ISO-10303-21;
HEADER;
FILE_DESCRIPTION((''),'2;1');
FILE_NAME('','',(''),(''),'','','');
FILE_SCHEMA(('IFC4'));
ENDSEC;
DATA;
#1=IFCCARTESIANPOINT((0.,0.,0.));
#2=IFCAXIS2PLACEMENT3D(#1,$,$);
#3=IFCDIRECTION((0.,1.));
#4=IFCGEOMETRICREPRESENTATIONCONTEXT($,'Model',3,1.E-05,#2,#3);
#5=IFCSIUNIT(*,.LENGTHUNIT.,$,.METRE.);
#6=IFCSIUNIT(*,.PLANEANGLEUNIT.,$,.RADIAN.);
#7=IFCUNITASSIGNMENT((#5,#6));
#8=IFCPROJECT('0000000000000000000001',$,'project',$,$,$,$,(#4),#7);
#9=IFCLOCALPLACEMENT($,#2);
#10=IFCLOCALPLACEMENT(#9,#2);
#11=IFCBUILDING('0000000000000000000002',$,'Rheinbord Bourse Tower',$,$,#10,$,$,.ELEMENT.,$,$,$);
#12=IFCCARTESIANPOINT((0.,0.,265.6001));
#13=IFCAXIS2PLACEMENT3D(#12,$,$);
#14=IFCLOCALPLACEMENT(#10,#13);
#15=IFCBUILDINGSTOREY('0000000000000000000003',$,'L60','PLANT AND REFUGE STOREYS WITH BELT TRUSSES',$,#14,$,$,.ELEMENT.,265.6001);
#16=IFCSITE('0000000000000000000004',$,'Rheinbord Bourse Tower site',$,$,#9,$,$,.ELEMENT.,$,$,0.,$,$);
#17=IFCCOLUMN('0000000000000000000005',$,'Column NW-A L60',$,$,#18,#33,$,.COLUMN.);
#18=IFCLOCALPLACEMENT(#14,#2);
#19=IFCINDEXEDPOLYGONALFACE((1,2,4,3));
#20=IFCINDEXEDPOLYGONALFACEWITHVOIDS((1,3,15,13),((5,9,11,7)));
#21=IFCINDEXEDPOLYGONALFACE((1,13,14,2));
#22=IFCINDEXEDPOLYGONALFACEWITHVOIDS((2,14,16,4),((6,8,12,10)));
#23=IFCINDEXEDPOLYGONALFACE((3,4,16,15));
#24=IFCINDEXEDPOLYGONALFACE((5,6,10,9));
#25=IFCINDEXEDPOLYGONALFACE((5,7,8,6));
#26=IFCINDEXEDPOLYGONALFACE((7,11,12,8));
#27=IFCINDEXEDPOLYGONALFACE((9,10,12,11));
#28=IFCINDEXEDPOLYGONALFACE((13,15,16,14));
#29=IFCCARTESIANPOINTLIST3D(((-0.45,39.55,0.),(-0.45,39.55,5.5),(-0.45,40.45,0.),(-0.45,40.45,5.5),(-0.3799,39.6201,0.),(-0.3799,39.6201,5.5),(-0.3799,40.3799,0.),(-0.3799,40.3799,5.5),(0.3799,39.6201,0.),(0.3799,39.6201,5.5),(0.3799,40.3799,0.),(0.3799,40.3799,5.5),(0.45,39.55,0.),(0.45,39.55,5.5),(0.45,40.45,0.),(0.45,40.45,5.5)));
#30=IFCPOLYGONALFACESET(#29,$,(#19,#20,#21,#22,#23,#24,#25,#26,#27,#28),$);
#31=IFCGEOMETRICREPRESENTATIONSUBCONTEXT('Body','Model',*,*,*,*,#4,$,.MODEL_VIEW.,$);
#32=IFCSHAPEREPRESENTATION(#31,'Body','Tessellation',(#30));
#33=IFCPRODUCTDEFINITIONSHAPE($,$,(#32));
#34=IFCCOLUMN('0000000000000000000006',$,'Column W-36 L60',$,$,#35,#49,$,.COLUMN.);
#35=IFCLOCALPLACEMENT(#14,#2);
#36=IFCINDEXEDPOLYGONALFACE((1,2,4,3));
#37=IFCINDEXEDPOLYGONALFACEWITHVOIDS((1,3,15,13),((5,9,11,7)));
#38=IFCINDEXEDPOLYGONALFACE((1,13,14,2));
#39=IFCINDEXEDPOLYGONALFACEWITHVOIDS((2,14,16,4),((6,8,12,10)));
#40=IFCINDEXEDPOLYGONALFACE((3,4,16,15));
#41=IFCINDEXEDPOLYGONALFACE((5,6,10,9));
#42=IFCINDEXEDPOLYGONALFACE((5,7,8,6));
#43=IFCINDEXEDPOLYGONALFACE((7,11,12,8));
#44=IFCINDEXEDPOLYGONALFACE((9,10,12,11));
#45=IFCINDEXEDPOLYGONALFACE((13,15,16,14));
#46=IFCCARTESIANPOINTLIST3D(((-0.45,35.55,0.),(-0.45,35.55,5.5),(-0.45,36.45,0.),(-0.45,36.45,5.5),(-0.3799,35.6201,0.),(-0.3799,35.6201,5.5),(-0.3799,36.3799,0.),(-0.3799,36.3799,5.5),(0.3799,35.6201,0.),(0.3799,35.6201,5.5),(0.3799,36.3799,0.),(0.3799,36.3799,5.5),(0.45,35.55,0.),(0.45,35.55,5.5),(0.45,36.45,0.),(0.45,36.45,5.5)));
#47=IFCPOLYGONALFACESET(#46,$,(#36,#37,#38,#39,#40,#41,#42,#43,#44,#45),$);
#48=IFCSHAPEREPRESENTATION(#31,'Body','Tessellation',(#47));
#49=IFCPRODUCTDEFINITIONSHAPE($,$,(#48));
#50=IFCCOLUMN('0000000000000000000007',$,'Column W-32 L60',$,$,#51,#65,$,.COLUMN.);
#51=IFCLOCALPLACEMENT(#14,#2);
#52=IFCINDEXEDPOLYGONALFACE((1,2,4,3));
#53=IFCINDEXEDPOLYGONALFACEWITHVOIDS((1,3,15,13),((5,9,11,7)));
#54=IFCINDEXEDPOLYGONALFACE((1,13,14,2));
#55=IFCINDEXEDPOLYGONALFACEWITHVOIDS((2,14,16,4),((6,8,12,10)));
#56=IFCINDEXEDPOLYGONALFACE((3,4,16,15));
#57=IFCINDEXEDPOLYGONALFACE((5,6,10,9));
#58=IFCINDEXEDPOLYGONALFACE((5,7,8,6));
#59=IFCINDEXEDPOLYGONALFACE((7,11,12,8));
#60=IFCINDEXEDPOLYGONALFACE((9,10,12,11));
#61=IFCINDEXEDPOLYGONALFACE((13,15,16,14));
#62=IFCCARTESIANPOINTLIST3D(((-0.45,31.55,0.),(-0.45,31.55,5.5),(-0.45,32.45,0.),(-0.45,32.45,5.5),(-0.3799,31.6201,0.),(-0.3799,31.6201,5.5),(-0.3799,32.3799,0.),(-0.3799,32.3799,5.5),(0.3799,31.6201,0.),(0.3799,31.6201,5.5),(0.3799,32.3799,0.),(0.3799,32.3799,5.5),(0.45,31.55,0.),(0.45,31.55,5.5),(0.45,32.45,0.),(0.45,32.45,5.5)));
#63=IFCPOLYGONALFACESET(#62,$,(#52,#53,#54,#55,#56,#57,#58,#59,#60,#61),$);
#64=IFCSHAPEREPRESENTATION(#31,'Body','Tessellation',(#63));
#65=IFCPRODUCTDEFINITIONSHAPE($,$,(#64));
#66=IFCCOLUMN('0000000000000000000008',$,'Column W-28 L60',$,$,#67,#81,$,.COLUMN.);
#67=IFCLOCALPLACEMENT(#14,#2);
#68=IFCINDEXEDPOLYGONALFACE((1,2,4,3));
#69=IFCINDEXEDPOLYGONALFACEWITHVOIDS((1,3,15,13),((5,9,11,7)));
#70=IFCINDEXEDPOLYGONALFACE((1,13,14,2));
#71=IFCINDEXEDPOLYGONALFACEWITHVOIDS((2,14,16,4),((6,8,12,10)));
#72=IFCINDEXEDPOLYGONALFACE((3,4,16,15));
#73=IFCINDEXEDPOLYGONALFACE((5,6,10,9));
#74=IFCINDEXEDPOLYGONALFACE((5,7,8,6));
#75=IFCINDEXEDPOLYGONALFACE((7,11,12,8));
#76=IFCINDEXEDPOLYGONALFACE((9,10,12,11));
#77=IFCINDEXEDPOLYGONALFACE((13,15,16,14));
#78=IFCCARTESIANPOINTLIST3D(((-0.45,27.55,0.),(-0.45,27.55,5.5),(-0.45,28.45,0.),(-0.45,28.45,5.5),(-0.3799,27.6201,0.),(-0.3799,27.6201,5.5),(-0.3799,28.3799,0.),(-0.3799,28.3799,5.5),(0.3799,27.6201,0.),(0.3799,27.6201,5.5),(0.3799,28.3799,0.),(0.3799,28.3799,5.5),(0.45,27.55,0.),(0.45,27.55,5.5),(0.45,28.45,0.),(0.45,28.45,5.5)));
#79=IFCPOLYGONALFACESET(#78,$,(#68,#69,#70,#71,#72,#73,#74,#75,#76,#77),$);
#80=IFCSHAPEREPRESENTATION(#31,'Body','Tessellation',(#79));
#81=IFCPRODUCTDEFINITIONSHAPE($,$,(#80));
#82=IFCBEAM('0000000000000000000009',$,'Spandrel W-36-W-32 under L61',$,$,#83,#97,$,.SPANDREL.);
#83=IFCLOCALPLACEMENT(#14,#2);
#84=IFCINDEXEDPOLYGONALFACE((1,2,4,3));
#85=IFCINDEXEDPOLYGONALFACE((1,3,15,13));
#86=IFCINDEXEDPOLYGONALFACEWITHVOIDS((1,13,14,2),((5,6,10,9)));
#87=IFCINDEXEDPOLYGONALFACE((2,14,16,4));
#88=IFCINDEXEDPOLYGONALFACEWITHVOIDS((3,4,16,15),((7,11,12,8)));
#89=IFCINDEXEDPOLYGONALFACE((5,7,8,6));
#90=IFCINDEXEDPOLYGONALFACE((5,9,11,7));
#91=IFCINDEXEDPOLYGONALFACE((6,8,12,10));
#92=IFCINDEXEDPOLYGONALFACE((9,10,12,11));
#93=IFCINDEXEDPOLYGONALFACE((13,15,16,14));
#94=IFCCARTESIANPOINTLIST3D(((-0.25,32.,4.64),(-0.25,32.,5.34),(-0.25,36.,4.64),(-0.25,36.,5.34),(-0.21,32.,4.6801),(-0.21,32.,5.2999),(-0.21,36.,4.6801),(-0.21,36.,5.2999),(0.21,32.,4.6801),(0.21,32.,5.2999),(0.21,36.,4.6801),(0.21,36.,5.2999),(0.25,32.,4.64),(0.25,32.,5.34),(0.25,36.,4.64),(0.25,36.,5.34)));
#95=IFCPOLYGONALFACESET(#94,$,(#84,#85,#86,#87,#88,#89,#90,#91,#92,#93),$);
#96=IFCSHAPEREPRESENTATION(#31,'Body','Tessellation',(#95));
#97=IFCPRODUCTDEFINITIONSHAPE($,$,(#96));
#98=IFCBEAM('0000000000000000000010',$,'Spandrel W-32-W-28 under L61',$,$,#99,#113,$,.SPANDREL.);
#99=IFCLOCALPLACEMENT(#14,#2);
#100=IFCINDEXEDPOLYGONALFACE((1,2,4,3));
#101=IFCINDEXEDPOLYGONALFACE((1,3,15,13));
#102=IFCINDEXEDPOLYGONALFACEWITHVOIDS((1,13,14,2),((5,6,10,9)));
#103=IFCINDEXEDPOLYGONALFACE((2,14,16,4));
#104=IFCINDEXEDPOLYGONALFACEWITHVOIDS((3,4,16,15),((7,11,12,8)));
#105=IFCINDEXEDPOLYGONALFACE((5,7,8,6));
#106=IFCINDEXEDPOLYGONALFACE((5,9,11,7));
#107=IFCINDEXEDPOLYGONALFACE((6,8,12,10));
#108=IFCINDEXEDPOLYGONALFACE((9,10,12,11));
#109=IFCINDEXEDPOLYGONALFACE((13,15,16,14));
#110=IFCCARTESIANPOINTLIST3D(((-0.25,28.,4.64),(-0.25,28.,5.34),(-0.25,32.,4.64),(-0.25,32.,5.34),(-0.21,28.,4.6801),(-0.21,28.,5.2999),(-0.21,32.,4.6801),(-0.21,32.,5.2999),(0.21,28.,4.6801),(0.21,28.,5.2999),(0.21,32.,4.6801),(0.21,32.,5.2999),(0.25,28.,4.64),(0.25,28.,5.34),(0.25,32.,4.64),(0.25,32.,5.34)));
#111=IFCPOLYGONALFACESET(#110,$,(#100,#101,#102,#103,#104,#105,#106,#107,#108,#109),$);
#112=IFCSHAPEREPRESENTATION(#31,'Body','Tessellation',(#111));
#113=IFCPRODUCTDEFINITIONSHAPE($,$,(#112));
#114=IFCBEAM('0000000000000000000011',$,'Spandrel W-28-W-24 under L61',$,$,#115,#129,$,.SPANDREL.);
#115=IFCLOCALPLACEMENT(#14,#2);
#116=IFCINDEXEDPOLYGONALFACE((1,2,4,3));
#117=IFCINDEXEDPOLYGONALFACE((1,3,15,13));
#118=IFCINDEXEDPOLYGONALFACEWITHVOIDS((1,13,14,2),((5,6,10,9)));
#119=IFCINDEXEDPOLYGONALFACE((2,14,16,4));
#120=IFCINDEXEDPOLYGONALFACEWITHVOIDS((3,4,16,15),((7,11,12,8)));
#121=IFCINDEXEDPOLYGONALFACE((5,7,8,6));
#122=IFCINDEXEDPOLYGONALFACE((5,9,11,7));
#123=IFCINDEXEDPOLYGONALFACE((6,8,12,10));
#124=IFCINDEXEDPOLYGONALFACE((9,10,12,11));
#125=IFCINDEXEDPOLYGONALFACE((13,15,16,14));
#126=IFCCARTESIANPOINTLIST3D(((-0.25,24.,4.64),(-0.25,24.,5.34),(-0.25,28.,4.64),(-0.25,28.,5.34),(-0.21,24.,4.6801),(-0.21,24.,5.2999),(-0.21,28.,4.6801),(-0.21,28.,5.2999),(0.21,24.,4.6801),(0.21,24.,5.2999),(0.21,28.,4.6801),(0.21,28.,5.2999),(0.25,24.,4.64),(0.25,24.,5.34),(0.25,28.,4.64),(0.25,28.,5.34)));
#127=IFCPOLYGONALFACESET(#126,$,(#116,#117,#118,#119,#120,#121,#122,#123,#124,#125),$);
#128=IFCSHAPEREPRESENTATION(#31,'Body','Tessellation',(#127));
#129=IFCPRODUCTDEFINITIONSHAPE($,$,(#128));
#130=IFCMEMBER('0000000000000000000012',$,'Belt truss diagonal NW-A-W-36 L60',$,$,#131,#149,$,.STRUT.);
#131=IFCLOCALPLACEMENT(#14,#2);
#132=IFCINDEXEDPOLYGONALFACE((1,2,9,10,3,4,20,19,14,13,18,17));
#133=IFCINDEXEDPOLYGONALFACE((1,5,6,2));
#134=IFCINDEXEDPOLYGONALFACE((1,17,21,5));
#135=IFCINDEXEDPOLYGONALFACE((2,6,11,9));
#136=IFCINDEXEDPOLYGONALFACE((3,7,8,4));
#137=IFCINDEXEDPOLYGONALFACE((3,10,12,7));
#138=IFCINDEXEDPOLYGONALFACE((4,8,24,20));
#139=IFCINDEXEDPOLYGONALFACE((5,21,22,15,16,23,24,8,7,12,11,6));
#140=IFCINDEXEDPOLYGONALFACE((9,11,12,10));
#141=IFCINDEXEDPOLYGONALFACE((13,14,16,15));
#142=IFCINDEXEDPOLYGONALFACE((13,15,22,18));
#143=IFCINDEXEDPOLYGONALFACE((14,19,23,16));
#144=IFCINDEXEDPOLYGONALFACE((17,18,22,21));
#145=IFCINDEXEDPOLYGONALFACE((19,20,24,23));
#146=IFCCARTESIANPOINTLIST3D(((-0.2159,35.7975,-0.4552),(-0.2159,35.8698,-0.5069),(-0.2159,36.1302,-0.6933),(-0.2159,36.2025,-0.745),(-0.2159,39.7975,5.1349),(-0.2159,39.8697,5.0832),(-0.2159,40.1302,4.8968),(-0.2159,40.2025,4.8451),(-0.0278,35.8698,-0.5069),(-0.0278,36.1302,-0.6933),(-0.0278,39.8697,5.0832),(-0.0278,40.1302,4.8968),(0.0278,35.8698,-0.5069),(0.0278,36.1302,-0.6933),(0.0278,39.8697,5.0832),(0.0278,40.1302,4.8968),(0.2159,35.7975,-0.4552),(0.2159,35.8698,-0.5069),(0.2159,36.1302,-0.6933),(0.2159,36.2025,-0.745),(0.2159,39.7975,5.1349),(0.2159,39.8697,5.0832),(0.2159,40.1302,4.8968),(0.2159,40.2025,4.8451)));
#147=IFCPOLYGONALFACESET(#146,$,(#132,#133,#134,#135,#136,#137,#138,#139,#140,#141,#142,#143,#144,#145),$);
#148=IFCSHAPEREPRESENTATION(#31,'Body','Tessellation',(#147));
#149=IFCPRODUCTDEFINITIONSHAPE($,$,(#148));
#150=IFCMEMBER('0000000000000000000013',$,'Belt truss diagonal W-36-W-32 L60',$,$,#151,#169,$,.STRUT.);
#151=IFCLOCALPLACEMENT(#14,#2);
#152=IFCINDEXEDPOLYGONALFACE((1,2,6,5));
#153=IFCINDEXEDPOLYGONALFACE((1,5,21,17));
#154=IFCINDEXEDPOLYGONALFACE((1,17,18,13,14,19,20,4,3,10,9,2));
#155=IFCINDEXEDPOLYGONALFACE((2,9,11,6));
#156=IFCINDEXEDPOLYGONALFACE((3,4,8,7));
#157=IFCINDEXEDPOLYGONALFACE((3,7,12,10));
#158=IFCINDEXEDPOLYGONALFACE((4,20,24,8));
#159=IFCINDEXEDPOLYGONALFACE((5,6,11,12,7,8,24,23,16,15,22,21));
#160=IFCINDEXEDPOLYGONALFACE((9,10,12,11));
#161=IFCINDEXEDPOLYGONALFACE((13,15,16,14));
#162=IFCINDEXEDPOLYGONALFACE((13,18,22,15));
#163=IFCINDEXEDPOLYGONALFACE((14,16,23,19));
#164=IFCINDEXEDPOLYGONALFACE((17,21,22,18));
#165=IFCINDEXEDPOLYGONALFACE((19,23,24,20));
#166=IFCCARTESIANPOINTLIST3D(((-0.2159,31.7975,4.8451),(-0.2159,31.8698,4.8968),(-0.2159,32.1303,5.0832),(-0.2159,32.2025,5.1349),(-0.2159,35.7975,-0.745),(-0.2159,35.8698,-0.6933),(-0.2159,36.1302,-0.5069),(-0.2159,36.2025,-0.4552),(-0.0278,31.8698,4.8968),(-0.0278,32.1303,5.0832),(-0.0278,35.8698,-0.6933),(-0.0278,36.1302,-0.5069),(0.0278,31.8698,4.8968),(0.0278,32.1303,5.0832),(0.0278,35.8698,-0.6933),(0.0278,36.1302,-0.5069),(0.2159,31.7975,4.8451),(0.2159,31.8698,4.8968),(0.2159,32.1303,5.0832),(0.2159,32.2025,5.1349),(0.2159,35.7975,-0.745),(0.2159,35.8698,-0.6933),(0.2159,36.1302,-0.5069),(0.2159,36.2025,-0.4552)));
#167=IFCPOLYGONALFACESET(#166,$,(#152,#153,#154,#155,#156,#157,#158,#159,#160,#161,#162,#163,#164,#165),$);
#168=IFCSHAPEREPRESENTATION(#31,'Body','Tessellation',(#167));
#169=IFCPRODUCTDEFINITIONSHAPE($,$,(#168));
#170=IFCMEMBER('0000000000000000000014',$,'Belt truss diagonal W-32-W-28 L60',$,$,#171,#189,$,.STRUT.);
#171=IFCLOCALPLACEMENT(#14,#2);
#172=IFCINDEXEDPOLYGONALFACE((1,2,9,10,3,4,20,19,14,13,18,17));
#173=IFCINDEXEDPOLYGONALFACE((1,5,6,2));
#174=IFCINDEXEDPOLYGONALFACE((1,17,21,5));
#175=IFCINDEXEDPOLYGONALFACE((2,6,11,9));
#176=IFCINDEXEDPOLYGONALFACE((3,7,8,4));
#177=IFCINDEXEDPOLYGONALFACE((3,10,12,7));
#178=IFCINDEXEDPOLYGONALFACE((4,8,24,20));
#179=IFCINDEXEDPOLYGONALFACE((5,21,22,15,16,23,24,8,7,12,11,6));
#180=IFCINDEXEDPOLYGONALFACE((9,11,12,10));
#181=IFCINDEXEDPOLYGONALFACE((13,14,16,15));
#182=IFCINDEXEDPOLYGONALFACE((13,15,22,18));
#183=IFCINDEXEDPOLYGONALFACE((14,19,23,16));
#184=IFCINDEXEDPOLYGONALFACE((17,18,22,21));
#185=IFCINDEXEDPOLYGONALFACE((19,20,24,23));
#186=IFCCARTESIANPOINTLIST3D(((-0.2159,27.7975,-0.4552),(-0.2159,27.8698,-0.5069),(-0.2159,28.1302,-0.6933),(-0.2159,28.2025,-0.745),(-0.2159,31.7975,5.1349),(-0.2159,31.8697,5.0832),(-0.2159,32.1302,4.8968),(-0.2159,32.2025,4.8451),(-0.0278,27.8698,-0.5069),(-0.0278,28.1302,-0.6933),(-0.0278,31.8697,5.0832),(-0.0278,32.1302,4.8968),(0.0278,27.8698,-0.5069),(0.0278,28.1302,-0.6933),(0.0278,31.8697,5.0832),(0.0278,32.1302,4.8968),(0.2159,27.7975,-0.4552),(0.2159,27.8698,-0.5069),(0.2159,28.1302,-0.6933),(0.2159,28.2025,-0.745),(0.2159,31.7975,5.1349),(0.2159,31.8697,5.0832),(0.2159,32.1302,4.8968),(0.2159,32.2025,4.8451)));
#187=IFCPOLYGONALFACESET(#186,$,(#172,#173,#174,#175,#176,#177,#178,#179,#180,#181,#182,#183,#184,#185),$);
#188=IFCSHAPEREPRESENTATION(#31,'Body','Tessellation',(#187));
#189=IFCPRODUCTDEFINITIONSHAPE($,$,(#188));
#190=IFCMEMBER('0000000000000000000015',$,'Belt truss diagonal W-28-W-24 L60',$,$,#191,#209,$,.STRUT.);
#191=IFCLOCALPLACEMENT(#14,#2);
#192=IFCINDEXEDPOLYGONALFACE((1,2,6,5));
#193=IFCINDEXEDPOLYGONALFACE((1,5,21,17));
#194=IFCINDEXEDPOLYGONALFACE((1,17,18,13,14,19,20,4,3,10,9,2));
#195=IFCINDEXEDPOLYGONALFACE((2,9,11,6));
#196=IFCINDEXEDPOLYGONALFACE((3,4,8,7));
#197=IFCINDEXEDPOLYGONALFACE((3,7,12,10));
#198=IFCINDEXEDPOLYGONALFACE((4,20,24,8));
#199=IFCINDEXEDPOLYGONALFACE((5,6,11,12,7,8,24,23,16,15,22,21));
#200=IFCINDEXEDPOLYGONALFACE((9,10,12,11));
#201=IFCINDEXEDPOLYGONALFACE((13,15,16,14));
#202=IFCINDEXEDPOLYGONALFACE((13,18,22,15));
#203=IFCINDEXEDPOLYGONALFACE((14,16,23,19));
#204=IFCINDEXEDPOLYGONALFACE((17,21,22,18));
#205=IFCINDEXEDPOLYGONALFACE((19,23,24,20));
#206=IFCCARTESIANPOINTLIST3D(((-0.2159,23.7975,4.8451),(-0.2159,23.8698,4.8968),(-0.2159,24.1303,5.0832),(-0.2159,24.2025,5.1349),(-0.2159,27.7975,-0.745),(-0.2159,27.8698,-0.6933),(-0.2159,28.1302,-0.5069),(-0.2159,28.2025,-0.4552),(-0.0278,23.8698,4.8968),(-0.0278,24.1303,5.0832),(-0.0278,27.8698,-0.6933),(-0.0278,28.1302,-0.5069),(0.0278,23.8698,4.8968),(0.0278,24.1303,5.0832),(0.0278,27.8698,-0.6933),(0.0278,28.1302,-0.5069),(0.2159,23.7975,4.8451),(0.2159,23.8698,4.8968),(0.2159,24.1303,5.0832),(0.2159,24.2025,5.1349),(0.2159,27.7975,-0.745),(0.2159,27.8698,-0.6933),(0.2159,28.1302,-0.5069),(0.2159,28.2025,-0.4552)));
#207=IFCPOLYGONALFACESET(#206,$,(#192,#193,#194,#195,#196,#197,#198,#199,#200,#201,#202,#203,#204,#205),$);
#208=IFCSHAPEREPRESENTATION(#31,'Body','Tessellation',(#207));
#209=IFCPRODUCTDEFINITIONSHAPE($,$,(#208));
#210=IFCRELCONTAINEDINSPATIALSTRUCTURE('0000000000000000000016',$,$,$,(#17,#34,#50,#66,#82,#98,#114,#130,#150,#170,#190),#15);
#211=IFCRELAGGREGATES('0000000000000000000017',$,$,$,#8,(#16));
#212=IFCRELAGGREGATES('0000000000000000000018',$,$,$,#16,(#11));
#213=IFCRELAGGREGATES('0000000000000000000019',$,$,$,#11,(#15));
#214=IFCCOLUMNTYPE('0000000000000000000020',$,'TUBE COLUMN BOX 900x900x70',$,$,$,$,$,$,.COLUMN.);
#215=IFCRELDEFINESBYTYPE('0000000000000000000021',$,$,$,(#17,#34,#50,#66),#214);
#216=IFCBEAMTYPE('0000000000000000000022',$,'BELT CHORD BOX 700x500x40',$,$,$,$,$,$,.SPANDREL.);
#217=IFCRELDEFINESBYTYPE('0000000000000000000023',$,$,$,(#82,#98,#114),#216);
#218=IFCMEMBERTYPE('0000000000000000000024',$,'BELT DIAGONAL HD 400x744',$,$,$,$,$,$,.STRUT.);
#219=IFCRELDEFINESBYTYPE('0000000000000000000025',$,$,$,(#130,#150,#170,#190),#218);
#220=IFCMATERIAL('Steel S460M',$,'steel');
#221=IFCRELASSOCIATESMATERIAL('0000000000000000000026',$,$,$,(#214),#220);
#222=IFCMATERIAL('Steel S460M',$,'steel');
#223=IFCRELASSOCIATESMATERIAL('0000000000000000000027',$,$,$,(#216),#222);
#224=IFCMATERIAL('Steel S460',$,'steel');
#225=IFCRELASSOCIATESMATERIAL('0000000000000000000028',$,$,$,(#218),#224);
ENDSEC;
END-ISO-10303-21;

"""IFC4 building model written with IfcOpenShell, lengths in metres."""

from ifc_helpers import new_model, si_unit, direction, frame, origin, origin_2d, place, context, subcontext, project, spatial, hollow_rectangle, i_section, extrude, material, material_profile, profile_set, type_object, element, save


model = new_model("IFC4")

# Units and contexts
model_context = context("Model", 3, precision=1e-05, world=origin(), true_north=direction((0.0, 1.0)))
body_context = subcontext(model_context, "Body", "Model", "MODEL_VIEW")
ifc_project = project(units=[si_unit("LENGTHUNIT", "METRE"), si_unit("PLANEANGLEUNIT", "RADIAN")], contexts=[model_context])

# Site, building, storey
site_placement = place(None, origin())
site = spatial("IfcSite", under=ifc_project, at=site_placement, Name="Rheinbord Bourse Tower site", CompositionType="ELEMENT", RefElevation=0.0)
building_placement = place(site_placement, origin())
building = spatial("IfcBuilding", under=site, at=building_placement, Name="Rheinbord Bourse Tower", CompositionType="ELEMENT")
storey_placement = place(building_placement, frame((0.0, 0.0, 265.6001)))
storey = spatial("IfcBuildingStorey", under=building, at=storey_placement, Name="L60", Description="PLANT AND REFUGE STOREYS WITH BELT TRUSSES", CompositionType="ELEMENT", Elevation=265.6001)

# Columns
ifc_material_1 = material(Name="Steel S460M", Category="steel")
ifc_material_profile_1 = material_profile(ifc_material_1, hollow_rectangle(XDim=0.8999, YDim=0.8999, WallThickness=0.0701, at=origin_2d()), Name="BOX 900x900x70")
ifc_profile_set_1 = profile_set([ifc_material_profile_1], Name="Steel S460M")
column_type = type_object("IfcColumnType", Name="TUBE COLUMN BOX 900x900x70", PredefinedType="COLUMN", material=ifc_profile_set_1)
for number, where, z_axis, x_axis, name in (
    (1, (0.0, 40.0, 0.0), (0.0, 0.0, 1.0), (1.0, 0.0, 0.0), "Column NW-A L60"),
    (2, (0.0, 36.0, 0.0), (0.0, 0.0, 1.0), (1.0, 0.0, 0.0), "Column W-36 L60"),
    (3, (0.0, 32.0, 0.0), (0.0, 0.0, 1.0), (1.0, 0.0, 0.0), "Column W-32 L60"),
    (4, (0.0, 28.0, 0.0), (0.0, 0.0, 1.0), (1.0, 0.0, 0.0), "Column W-28 L60"),
):
    element("IfcColumn", number, at=place(storey_placement, frame(where, z_axis=z_axis, x_axis=x_axis)), inside=storey, type_object=column_type, Name=name, PredefinedType="COLUMN", context=body_context, shape_type="SweptSolid", body=[
        extrude(hollow_rectangle(XDim=0.8999, YDim=0.8999, WallThickness=0.0701, at=origin_2d()), origin(), (0.0, 0.0, 1.0), 5.5),
    ])

# Beams
ifc_material_2 = material(Name="Steel S460M", Category="steel")
ifc_material_profile_2 = material_profile(ifc_material_2, hollow_rectangle(XDim=0.5, YDim=0.7, WallThickness=0.04, at=origin_2d()), Name="BOX 700x500x40")
ifc_profile_set_2 = profile_set([ifc_material_profile_2], Name="Steel S460M")
beam_type_1 = type_object("IfcBeamType", Name="BELT CHORD BOX 700x500x40", PredefinedType="SPANDREL", material=ifc_profile_set_2)
for number, where, z_axis, x_axis, name in (
    (5, (0.0, 36.0, 4.99), (0.0, -1.0, 0.0), (1.0, 0.0, 0.0), "Spandrel W-36-W-32 under L61"),
    (6, (0.0, 32.0, 4.99), (0.0, -1.0, 0.0), (1.0, 0.0, 0.0), "Spandrel W-32-W-28 under L61"),
    (7, (0.0, 28.0, 4.99), (0.0, -1.0, 0.0), (1.0, 0.0, 0.0), "Spandrel W-28-W-24 under L61"),
):
    element("IfcBeam", number, at=place(storey_placement, frame(where, z_axis=z_axis, x_axis=x_axis)), inside=storey, type_object=beam_type_1, Name=name, PredefinedType="SPANDREL", context=body_context, shape_type="SweptSolid", body=[
        extrude(hollow_rectangle(XDim=0.5, YDim=0.7, WallThickness=0.04, at=origin_2d()), origin(), (0.0, 0.0, 1.0), 4.0),
    ])

# Members
ifc_material_3 = material(Name="Steel S460", Category="steel")
ifc_material_profile_3 = material_profile(ifc_material_3, i_section(OverallWidth=0.4319, OverallDepth=0.498, WebThickness=0.0557, FlangeThickness=0.0889, at=origin_2d()), Name="HD 400x744")
ifc_profile_set_3 = profile_set([ifc_material_profile_3], Name="Steel S460")
member_type = type_object("IfcMemberType", Name="BELT DIAGONAL HD 400x744", PredefinedType="STRUT", material=ifc_profile_set_3)
for number, where, z_axis, x_axis, name in (
    (8, (0.0, 36.0, -0.6001), (0.0, 0.58192, 0.813246), (-1.0, 0.0, 0.0), "Belt truss diagonal NW-A-W-36 L60"),
    (9, (0.0, 36.0, -0.6001), (0.0, -0.58192, 0.813246), (1.0, 0.0, 0.0), "Belt truss diagonal W-36-W-32 L60"),
    (10, (0.0, 28.0, -0.6001), (0.0, 0.58192, 0.813246), (-1.0, 0.0, 0.0), "Belt truss diagonal W-32-W-28 L60"),
    (11, (0.0, 28.0, -0.6001), (0.0, -0.58192, 0.813246), (1.0, 0.0, 0.0), "Belt truss diagonal W-28-W-24 L60"),
):
    element("IfcMember", number, at=place(storey_placement, frame(where, z_axis=z_axis, x_axis=x_axis)), inside=storey, type_object=member_type, Name=name, PredefinedType="STRUT", context=body_context, shape_type="SweptSolid", body=[
        extrude(i_section(OverallWidth=0.4319, OverallDepth=0.498, WebThickness=0.0557, FlangeThickness=0.0889, at=origin_2d()), origin(), (0.0, 0.0, 1.0), 6.8738),
    ])

save(model, "model.ifc")
